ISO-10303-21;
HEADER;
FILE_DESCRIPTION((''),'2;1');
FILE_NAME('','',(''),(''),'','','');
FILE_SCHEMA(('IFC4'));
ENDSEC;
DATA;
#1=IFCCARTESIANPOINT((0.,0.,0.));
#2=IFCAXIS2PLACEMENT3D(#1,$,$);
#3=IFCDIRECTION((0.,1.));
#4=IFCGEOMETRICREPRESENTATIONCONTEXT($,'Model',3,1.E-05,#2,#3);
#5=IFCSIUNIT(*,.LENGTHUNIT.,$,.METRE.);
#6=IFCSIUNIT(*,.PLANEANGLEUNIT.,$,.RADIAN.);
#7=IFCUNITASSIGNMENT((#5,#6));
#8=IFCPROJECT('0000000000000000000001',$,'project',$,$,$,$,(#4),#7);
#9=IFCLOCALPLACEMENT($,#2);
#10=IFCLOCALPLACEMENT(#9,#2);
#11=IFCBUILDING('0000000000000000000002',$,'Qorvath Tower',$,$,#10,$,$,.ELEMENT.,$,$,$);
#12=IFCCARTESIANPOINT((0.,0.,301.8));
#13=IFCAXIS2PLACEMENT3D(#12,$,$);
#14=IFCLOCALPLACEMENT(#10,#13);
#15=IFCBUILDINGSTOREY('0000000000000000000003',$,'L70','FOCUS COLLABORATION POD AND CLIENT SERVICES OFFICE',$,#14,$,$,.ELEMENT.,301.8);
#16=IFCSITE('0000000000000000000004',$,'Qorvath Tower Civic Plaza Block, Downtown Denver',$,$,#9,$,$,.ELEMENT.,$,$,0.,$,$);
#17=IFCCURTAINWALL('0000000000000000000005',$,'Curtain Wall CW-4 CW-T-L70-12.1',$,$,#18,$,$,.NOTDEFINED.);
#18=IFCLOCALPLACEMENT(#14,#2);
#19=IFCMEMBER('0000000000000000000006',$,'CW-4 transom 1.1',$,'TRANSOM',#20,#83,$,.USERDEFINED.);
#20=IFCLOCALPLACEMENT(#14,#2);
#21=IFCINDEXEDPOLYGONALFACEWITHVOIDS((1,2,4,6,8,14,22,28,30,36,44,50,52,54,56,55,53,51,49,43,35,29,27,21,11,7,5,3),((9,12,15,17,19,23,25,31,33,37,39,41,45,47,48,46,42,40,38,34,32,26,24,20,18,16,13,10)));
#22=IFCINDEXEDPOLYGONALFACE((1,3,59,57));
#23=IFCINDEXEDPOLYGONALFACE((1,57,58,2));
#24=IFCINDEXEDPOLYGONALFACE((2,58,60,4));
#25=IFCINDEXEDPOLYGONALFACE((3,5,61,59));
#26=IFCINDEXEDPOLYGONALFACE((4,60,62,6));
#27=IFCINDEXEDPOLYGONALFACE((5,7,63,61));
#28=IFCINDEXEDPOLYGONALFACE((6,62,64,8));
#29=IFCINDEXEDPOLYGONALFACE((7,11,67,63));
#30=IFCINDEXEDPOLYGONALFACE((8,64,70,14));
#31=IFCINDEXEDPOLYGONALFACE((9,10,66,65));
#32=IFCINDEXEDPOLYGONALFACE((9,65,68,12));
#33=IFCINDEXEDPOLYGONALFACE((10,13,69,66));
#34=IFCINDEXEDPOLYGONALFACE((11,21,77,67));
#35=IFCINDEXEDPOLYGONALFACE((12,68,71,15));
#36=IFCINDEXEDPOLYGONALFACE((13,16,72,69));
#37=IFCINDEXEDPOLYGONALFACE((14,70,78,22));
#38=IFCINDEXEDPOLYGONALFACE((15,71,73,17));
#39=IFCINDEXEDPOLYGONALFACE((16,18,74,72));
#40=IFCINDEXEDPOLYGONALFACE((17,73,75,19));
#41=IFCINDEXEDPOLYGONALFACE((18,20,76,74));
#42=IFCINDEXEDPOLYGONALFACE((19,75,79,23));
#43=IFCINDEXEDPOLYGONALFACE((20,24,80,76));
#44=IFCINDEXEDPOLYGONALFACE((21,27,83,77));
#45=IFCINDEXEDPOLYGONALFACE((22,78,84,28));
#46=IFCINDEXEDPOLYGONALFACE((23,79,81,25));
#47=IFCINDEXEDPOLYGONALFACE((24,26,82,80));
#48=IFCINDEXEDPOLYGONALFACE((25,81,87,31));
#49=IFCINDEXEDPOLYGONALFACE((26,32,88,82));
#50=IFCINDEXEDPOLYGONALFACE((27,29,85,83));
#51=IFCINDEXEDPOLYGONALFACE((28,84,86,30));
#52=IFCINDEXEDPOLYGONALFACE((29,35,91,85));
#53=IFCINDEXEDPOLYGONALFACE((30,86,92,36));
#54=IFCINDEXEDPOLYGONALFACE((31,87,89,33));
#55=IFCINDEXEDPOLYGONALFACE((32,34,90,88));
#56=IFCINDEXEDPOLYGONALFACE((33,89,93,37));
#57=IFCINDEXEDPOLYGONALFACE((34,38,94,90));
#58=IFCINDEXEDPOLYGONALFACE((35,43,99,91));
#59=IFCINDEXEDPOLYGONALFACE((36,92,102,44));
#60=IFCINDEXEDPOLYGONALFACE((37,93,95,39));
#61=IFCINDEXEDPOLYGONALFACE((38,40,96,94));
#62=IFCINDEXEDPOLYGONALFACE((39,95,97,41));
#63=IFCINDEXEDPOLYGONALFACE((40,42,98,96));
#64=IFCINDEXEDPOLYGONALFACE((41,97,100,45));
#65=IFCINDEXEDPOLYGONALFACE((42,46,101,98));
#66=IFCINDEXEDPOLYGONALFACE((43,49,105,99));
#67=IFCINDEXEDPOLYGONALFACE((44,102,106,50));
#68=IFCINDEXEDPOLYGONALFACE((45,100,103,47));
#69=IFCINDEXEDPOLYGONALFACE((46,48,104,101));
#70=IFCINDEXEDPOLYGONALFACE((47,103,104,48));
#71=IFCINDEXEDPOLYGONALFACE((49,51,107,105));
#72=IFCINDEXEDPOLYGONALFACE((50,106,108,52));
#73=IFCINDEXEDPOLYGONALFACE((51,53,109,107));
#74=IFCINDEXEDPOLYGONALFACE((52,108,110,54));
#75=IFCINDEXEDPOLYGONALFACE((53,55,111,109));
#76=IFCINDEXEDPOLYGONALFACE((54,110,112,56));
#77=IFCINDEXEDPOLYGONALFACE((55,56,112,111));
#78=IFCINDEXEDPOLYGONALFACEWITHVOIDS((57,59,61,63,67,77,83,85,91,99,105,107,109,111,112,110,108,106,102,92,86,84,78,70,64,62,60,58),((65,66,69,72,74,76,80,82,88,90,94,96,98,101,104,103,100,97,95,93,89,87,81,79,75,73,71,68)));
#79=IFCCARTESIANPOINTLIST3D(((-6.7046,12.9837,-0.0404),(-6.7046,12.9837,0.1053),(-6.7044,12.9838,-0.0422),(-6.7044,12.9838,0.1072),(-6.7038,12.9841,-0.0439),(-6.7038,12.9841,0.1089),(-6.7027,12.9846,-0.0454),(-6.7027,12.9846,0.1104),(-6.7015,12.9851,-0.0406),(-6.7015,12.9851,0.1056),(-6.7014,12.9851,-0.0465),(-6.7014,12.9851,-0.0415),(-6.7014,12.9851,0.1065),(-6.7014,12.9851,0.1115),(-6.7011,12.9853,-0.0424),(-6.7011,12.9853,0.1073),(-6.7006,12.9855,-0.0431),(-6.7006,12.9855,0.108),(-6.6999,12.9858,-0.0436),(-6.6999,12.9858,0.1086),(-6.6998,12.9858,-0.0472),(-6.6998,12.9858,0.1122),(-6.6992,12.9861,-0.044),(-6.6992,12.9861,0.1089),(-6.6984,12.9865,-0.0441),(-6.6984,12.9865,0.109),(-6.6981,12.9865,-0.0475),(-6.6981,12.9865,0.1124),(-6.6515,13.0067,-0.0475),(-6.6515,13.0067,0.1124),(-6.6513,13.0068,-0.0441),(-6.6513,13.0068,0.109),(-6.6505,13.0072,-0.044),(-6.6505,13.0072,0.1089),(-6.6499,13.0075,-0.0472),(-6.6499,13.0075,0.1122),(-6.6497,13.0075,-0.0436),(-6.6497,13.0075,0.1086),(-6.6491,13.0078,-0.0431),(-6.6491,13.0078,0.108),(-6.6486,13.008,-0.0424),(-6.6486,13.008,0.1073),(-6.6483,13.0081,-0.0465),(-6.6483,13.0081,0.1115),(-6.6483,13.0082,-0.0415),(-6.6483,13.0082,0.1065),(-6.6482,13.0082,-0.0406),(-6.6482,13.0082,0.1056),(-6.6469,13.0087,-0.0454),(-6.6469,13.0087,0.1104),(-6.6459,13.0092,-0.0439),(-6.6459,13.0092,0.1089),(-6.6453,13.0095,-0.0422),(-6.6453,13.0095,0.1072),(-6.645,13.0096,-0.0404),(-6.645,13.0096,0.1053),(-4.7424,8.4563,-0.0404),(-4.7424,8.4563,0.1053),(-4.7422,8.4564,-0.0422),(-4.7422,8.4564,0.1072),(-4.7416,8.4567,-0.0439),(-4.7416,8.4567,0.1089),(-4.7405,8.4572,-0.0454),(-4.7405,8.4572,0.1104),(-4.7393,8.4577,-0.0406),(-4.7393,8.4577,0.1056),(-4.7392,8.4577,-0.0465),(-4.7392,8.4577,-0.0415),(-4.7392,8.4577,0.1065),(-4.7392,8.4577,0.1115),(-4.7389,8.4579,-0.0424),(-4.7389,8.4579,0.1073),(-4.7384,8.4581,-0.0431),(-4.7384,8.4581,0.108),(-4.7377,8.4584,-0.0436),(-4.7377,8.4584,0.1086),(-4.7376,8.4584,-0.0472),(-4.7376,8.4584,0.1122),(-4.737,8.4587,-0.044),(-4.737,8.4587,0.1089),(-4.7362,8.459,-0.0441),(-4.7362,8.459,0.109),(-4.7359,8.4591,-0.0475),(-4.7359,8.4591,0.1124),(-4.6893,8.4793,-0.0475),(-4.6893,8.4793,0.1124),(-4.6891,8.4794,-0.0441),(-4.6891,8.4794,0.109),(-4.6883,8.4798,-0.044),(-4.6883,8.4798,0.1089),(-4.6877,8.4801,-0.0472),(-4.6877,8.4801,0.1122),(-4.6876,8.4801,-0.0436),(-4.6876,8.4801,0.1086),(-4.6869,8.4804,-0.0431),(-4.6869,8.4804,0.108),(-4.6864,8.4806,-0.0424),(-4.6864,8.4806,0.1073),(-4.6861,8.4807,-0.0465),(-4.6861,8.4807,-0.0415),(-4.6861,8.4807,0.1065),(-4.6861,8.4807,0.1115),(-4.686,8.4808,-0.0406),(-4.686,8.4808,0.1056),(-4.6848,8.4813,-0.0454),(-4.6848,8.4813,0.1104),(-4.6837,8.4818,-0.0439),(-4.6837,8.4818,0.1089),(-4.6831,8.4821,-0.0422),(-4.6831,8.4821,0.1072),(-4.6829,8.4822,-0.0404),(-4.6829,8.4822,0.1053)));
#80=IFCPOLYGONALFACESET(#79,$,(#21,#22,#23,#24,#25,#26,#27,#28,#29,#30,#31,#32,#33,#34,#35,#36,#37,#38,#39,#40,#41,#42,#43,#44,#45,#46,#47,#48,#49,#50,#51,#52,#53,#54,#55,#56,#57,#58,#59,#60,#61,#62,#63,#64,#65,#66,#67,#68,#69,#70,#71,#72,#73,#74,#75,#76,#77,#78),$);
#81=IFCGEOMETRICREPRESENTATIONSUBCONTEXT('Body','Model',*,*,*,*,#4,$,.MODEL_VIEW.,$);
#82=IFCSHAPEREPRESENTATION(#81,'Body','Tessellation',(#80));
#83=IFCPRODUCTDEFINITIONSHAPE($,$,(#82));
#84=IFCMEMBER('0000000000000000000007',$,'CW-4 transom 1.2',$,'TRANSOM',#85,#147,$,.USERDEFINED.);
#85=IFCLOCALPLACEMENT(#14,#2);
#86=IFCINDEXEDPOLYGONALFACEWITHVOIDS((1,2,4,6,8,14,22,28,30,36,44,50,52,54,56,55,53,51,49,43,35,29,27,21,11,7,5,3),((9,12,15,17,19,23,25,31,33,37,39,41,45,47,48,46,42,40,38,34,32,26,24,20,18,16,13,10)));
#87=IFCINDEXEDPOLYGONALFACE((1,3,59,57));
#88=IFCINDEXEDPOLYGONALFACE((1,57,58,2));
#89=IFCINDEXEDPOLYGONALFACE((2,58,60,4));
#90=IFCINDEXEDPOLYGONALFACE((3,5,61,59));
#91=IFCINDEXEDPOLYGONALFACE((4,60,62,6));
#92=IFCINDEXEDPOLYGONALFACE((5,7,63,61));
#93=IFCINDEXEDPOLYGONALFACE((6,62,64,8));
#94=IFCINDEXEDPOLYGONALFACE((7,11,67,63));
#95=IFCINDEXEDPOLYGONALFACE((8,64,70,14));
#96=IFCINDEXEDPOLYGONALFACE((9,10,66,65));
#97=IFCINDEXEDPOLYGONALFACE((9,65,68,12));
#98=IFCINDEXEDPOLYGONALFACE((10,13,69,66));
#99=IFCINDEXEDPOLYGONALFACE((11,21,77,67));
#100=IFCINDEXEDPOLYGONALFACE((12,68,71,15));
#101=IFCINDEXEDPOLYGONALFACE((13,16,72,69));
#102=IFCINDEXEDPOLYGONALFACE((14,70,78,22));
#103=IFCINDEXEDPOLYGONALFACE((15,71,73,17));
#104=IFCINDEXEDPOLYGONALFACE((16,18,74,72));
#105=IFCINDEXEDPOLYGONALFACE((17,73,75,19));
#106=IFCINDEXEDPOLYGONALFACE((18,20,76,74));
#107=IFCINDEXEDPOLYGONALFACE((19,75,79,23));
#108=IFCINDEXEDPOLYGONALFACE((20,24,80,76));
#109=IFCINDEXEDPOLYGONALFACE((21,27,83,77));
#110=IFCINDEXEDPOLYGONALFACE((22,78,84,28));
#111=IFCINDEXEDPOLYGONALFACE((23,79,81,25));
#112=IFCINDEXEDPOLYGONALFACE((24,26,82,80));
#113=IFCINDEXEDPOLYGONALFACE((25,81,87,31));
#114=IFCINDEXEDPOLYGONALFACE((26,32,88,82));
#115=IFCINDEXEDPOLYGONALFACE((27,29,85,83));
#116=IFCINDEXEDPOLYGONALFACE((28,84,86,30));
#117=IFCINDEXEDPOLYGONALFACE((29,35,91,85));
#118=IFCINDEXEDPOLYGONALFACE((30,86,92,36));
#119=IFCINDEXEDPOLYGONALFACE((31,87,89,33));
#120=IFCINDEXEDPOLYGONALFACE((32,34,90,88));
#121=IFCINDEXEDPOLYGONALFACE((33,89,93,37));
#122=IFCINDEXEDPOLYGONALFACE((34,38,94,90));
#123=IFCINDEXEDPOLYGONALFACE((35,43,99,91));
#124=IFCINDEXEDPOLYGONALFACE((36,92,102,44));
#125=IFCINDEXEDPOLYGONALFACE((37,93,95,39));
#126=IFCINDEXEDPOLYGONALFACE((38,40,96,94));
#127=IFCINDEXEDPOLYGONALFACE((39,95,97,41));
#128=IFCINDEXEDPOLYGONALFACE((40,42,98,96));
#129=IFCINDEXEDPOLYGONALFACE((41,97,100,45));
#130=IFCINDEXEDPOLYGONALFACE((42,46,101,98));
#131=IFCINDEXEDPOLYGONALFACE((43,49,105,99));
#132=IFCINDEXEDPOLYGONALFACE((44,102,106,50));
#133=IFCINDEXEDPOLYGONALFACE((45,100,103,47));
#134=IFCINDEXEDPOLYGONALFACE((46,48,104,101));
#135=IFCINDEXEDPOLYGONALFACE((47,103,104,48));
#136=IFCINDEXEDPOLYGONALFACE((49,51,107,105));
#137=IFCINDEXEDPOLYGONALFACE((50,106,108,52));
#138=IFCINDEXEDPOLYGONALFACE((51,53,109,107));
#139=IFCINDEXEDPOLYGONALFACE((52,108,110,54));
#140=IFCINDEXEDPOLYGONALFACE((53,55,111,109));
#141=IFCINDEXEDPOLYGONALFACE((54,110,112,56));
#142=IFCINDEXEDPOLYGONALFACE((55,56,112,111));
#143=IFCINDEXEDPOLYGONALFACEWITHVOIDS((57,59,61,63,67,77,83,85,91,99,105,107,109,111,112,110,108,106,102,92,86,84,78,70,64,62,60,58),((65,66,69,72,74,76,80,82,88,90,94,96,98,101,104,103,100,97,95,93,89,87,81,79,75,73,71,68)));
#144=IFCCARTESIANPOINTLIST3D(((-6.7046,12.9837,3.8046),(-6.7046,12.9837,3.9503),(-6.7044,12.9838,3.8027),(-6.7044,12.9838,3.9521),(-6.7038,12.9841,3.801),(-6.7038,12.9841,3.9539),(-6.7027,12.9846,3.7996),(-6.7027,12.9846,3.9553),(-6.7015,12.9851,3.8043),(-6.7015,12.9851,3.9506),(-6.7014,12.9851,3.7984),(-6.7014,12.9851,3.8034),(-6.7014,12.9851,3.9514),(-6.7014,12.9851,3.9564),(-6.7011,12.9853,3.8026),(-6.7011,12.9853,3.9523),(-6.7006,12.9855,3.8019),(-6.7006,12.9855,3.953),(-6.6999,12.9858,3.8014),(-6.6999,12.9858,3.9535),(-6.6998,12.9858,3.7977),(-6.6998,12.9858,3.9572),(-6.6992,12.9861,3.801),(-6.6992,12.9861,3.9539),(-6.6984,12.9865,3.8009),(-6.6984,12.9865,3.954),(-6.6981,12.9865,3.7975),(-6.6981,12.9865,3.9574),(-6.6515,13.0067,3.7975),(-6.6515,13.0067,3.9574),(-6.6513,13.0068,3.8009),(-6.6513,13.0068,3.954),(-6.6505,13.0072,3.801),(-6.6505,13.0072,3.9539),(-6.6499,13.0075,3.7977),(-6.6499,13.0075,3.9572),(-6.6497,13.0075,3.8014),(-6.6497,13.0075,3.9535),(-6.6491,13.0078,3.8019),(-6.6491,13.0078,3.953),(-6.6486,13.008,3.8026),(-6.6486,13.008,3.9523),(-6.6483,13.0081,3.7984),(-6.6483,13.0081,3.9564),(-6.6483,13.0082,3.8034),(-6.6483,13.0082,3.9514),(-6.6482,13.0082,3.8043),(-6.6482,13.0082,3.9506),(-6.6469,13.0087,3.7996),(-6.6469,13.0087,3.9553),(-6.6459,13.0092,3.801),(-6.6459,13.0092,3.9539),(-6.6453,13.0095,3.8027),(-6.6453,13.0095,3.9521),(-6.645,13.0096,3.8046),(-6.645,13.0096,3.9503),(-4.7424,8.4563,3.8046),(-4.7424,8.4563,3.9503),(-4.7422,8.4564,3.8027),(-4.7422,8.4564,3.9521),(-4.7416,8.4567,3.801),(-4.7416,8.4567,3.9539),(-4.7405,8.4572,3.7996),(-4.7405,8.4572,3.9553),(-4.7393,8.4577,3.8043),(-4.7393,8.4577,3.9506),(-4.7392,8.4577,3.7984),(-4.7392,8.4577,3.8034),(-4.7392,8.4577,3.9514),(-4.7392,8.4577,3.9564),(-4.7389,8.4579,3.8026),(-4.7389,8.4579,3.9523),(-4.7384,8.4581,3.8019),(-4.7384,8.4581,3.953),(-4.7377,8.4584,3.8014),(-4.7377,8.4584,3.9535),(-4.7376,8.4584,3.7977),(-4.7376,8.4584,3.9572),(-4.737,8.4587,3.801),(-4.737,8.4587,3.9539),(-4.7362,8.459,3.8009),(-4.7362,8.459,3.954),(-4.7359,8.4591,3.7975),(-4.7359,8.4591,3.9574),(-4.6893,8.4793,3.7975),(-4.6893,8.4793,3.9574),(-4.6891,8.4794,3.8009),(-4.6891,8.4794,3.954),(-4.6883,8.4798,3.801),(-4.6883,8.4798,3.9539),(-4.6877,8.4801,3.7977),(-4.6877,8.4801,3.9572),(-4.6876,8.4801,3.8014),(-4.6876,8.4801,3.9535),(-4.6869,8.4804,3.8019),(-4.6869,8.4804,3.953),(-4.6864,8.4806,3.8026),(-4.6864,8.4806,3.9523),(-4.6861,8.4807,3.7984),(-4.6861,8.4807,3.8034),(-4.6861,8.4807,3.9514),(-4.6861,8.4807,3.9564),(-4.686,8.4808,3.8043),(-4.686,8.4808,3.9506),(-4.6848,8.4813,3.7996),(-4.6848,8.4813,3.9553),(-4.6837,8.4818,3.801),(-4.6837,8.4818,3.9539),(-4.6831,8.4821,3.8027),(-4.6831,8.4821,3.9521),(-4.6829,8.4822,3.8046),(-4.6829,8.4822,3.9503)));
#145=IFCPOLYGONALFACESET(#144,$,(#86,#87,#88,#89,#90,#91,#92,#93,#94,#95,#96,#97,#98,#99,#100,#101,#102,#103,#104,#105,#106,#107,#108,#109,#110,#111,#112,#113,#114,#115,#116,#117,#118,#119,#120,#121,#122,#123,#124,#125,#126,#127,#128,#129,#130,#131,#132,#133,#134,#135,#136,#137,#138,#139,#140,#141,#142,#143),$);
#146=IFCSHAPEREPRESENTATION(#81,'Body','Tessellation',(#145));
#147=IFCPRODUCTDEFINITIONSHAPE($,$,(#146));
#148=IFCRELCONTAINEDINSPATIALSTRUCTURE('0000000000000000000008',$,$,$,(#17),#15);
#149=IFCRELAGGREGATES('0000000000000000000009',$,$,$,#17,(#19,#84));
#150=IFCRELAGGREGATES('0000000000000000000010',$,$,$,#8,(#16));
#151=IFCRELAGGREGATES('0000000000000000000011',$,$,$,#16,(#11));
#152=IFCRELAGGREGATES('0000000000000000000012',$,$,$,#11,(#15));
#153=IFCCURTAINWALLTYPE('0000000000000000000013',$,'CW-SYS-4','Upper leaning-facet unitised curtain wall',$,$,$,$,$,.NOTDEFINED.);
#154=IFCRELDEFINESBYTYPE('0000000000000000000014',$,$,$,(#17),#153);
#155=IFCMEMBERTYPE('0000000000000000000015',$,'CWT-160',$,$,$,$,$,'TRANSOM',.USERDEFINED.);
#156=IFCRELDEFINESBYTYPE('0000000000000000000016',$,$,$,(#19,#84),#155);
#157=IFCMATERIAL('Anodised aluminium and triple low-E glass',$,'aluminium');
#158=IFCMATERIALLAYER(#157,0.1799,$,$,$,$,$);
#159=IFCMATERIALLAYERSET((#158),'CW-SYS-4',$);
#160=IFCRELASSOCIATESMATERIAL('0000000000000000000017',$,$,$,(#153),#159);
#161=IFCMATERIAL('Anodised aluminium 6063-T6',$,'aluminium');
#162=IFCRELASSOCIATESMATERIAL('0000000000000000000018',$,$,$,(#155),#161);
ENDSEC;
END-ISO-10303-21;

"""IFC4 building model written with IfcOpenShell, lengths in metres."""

from ifc_helpers import new_model, si_unit, direction, frame, origin, origin_2d, place, context, subcontext, project, spatial, hollow_rectangle, extrude, material, layer, layer_set, material_profile, profile_set, type_object, element, aggregate, save


model = new_model("IFC4")

# Units and contexts
model_context = context("Model", 3, precision=1e-05, world=origin(), true_north=direction((0.0, 1.0)))
body_context = subcontext(model_context, "Body", "Model", "MODEL_VIEW")
ifc_project = project(units=[si_unit("LENGTHUNIT", "METRE"), si_unit("PLANEANGLEUNIT", "RADIAN")], contexts=[model_context])

# Site, building, storey
site_placement = place(None, origin())
site = spatial("IfcSite", under=ifc_project, at=site_placement, Name="Qorvath Tower Civic Plaza Block, Downtown Denver", CompositionType="ELEMENT", RefElevation=0.0)
building_placement = place(site_placement, origin())
building = spatial("IfcBuilding", under=site, at=building_placement, Name="Qorvath Tower", CompositionType="ELEMENT")
storey_placement = place(building_placement, frame((0.0, 0.0, 301.8)))
storey = spatial("IfcBuildingStorey", under=building, at=storey_placement, Name="L70", Description="FOCUS COLLABORATION POD AND CLIENT SERVICES OFFICE", CompositionType="ELEMENT", Elevation=301.8)

# Shared definitions
ifc_material_1 = material(Name="Anodised aluminium and triple low-E glass", Category="aluminium")
ifc_layer_1 = layer(ifc_material_1, 0.1799)
ifc_layer_set_1 = layer_set([ifc_layer_1], Name="CW-SYS-4")
curtain_wall_type = type_object("IfcCurtainWallType", Name="CW-SYS-4", Description="Upper leaning-facet unitised curtain wall", PredefinedType="NOTDEFINED", material=ifc_layer_set_1)

# Curtain wall
curtain_wall_1_placement = place(storey_placement, origin())
curtain_wall_1 = element("IfcCurtainWall", 1, at=curtain_wall_1_placement, inside=storey, type_object=curtain_wall_type, Name="Curtain Wall CW-4 CW-T-L70-12.1", PredefinedType="NOTDEFINED")

# Members
ifc_material_2 = material(Name="Anodised aluminium 6063-T6", Category="aluminium")
ifc_material_profile_1 = material_profile(ifc_material_2, hollow_rectangle(XDim=0.0649, YDim=0.1599, WallThickness=0.0034, InnerFilletRadius=0.0034, OuterFilletRadius=0.0071, at=origin_2d()), Name="CWT 160x65")
ifc_profile_set_1 = profile_set([ifc_material_profile_1], Name="Anodised aluminium 6063-T6")
member_type_1 = type_object("IfcMemberType", Name="CWT-160", ElementType="TRANSOM", PredefinedType="USERDEFINED", material=ifc_profile_set_1)
member_1_placement = place(storey_placement, frame((-4.7126, 8.4692, 0.0325), z_axis=(-0.39766, 0.917533, 0.0), x_axis=(-0.917533, -0.39766, 0.0)))
member_1 = element("IfcMember", 2, at=member_1_placement, type_object=member_type_1, Name="CW-4 transom 1.1", ObjectType="TRANSOM", PredefinedType="USERDEFINED", context=body_context, shape_type="SweptSolid", body=[
    extrude(hollow_rectangle(XDim=0.0649, YDim=0.1599, WallThickness=0.0034, InnerFilletRadius=0.0034, OuterFilletRadius=0.0071, at=origin_2d()), origin(), (0.0, 0.0, 1.0), 4.9343),
])
member_2_placement = place(storey_placement, frame((-4.7126, 8.4692, 3.8774), z_axis=(-0.39766, 0.917533, 0.0), x_axis=(-0.917533, -0.39766, 0.0)))
member_2 = element("IfcMember", 3, at=member_2_placement, type_object=member_type_1, Name="CW-4 transom 1.2", ObjectType="TRANSOM", PredefinedType="USERDEFINED", context=body_context, shape_type="SweptSolid", body=[
    extrude(hollow_rectangle(XDim=0.0649, YDim=0.1599, WallThickness=0.0034, InnerFilletRadius=0.0034, OuterFilletRadius=0.0071, at=origin_2d()), origin(), (0.0, 0.0, 1.0), 4.9343),
])

aggregate(curtain_wall_1, [member_1, member_2])

save(model, "model.ifc")
